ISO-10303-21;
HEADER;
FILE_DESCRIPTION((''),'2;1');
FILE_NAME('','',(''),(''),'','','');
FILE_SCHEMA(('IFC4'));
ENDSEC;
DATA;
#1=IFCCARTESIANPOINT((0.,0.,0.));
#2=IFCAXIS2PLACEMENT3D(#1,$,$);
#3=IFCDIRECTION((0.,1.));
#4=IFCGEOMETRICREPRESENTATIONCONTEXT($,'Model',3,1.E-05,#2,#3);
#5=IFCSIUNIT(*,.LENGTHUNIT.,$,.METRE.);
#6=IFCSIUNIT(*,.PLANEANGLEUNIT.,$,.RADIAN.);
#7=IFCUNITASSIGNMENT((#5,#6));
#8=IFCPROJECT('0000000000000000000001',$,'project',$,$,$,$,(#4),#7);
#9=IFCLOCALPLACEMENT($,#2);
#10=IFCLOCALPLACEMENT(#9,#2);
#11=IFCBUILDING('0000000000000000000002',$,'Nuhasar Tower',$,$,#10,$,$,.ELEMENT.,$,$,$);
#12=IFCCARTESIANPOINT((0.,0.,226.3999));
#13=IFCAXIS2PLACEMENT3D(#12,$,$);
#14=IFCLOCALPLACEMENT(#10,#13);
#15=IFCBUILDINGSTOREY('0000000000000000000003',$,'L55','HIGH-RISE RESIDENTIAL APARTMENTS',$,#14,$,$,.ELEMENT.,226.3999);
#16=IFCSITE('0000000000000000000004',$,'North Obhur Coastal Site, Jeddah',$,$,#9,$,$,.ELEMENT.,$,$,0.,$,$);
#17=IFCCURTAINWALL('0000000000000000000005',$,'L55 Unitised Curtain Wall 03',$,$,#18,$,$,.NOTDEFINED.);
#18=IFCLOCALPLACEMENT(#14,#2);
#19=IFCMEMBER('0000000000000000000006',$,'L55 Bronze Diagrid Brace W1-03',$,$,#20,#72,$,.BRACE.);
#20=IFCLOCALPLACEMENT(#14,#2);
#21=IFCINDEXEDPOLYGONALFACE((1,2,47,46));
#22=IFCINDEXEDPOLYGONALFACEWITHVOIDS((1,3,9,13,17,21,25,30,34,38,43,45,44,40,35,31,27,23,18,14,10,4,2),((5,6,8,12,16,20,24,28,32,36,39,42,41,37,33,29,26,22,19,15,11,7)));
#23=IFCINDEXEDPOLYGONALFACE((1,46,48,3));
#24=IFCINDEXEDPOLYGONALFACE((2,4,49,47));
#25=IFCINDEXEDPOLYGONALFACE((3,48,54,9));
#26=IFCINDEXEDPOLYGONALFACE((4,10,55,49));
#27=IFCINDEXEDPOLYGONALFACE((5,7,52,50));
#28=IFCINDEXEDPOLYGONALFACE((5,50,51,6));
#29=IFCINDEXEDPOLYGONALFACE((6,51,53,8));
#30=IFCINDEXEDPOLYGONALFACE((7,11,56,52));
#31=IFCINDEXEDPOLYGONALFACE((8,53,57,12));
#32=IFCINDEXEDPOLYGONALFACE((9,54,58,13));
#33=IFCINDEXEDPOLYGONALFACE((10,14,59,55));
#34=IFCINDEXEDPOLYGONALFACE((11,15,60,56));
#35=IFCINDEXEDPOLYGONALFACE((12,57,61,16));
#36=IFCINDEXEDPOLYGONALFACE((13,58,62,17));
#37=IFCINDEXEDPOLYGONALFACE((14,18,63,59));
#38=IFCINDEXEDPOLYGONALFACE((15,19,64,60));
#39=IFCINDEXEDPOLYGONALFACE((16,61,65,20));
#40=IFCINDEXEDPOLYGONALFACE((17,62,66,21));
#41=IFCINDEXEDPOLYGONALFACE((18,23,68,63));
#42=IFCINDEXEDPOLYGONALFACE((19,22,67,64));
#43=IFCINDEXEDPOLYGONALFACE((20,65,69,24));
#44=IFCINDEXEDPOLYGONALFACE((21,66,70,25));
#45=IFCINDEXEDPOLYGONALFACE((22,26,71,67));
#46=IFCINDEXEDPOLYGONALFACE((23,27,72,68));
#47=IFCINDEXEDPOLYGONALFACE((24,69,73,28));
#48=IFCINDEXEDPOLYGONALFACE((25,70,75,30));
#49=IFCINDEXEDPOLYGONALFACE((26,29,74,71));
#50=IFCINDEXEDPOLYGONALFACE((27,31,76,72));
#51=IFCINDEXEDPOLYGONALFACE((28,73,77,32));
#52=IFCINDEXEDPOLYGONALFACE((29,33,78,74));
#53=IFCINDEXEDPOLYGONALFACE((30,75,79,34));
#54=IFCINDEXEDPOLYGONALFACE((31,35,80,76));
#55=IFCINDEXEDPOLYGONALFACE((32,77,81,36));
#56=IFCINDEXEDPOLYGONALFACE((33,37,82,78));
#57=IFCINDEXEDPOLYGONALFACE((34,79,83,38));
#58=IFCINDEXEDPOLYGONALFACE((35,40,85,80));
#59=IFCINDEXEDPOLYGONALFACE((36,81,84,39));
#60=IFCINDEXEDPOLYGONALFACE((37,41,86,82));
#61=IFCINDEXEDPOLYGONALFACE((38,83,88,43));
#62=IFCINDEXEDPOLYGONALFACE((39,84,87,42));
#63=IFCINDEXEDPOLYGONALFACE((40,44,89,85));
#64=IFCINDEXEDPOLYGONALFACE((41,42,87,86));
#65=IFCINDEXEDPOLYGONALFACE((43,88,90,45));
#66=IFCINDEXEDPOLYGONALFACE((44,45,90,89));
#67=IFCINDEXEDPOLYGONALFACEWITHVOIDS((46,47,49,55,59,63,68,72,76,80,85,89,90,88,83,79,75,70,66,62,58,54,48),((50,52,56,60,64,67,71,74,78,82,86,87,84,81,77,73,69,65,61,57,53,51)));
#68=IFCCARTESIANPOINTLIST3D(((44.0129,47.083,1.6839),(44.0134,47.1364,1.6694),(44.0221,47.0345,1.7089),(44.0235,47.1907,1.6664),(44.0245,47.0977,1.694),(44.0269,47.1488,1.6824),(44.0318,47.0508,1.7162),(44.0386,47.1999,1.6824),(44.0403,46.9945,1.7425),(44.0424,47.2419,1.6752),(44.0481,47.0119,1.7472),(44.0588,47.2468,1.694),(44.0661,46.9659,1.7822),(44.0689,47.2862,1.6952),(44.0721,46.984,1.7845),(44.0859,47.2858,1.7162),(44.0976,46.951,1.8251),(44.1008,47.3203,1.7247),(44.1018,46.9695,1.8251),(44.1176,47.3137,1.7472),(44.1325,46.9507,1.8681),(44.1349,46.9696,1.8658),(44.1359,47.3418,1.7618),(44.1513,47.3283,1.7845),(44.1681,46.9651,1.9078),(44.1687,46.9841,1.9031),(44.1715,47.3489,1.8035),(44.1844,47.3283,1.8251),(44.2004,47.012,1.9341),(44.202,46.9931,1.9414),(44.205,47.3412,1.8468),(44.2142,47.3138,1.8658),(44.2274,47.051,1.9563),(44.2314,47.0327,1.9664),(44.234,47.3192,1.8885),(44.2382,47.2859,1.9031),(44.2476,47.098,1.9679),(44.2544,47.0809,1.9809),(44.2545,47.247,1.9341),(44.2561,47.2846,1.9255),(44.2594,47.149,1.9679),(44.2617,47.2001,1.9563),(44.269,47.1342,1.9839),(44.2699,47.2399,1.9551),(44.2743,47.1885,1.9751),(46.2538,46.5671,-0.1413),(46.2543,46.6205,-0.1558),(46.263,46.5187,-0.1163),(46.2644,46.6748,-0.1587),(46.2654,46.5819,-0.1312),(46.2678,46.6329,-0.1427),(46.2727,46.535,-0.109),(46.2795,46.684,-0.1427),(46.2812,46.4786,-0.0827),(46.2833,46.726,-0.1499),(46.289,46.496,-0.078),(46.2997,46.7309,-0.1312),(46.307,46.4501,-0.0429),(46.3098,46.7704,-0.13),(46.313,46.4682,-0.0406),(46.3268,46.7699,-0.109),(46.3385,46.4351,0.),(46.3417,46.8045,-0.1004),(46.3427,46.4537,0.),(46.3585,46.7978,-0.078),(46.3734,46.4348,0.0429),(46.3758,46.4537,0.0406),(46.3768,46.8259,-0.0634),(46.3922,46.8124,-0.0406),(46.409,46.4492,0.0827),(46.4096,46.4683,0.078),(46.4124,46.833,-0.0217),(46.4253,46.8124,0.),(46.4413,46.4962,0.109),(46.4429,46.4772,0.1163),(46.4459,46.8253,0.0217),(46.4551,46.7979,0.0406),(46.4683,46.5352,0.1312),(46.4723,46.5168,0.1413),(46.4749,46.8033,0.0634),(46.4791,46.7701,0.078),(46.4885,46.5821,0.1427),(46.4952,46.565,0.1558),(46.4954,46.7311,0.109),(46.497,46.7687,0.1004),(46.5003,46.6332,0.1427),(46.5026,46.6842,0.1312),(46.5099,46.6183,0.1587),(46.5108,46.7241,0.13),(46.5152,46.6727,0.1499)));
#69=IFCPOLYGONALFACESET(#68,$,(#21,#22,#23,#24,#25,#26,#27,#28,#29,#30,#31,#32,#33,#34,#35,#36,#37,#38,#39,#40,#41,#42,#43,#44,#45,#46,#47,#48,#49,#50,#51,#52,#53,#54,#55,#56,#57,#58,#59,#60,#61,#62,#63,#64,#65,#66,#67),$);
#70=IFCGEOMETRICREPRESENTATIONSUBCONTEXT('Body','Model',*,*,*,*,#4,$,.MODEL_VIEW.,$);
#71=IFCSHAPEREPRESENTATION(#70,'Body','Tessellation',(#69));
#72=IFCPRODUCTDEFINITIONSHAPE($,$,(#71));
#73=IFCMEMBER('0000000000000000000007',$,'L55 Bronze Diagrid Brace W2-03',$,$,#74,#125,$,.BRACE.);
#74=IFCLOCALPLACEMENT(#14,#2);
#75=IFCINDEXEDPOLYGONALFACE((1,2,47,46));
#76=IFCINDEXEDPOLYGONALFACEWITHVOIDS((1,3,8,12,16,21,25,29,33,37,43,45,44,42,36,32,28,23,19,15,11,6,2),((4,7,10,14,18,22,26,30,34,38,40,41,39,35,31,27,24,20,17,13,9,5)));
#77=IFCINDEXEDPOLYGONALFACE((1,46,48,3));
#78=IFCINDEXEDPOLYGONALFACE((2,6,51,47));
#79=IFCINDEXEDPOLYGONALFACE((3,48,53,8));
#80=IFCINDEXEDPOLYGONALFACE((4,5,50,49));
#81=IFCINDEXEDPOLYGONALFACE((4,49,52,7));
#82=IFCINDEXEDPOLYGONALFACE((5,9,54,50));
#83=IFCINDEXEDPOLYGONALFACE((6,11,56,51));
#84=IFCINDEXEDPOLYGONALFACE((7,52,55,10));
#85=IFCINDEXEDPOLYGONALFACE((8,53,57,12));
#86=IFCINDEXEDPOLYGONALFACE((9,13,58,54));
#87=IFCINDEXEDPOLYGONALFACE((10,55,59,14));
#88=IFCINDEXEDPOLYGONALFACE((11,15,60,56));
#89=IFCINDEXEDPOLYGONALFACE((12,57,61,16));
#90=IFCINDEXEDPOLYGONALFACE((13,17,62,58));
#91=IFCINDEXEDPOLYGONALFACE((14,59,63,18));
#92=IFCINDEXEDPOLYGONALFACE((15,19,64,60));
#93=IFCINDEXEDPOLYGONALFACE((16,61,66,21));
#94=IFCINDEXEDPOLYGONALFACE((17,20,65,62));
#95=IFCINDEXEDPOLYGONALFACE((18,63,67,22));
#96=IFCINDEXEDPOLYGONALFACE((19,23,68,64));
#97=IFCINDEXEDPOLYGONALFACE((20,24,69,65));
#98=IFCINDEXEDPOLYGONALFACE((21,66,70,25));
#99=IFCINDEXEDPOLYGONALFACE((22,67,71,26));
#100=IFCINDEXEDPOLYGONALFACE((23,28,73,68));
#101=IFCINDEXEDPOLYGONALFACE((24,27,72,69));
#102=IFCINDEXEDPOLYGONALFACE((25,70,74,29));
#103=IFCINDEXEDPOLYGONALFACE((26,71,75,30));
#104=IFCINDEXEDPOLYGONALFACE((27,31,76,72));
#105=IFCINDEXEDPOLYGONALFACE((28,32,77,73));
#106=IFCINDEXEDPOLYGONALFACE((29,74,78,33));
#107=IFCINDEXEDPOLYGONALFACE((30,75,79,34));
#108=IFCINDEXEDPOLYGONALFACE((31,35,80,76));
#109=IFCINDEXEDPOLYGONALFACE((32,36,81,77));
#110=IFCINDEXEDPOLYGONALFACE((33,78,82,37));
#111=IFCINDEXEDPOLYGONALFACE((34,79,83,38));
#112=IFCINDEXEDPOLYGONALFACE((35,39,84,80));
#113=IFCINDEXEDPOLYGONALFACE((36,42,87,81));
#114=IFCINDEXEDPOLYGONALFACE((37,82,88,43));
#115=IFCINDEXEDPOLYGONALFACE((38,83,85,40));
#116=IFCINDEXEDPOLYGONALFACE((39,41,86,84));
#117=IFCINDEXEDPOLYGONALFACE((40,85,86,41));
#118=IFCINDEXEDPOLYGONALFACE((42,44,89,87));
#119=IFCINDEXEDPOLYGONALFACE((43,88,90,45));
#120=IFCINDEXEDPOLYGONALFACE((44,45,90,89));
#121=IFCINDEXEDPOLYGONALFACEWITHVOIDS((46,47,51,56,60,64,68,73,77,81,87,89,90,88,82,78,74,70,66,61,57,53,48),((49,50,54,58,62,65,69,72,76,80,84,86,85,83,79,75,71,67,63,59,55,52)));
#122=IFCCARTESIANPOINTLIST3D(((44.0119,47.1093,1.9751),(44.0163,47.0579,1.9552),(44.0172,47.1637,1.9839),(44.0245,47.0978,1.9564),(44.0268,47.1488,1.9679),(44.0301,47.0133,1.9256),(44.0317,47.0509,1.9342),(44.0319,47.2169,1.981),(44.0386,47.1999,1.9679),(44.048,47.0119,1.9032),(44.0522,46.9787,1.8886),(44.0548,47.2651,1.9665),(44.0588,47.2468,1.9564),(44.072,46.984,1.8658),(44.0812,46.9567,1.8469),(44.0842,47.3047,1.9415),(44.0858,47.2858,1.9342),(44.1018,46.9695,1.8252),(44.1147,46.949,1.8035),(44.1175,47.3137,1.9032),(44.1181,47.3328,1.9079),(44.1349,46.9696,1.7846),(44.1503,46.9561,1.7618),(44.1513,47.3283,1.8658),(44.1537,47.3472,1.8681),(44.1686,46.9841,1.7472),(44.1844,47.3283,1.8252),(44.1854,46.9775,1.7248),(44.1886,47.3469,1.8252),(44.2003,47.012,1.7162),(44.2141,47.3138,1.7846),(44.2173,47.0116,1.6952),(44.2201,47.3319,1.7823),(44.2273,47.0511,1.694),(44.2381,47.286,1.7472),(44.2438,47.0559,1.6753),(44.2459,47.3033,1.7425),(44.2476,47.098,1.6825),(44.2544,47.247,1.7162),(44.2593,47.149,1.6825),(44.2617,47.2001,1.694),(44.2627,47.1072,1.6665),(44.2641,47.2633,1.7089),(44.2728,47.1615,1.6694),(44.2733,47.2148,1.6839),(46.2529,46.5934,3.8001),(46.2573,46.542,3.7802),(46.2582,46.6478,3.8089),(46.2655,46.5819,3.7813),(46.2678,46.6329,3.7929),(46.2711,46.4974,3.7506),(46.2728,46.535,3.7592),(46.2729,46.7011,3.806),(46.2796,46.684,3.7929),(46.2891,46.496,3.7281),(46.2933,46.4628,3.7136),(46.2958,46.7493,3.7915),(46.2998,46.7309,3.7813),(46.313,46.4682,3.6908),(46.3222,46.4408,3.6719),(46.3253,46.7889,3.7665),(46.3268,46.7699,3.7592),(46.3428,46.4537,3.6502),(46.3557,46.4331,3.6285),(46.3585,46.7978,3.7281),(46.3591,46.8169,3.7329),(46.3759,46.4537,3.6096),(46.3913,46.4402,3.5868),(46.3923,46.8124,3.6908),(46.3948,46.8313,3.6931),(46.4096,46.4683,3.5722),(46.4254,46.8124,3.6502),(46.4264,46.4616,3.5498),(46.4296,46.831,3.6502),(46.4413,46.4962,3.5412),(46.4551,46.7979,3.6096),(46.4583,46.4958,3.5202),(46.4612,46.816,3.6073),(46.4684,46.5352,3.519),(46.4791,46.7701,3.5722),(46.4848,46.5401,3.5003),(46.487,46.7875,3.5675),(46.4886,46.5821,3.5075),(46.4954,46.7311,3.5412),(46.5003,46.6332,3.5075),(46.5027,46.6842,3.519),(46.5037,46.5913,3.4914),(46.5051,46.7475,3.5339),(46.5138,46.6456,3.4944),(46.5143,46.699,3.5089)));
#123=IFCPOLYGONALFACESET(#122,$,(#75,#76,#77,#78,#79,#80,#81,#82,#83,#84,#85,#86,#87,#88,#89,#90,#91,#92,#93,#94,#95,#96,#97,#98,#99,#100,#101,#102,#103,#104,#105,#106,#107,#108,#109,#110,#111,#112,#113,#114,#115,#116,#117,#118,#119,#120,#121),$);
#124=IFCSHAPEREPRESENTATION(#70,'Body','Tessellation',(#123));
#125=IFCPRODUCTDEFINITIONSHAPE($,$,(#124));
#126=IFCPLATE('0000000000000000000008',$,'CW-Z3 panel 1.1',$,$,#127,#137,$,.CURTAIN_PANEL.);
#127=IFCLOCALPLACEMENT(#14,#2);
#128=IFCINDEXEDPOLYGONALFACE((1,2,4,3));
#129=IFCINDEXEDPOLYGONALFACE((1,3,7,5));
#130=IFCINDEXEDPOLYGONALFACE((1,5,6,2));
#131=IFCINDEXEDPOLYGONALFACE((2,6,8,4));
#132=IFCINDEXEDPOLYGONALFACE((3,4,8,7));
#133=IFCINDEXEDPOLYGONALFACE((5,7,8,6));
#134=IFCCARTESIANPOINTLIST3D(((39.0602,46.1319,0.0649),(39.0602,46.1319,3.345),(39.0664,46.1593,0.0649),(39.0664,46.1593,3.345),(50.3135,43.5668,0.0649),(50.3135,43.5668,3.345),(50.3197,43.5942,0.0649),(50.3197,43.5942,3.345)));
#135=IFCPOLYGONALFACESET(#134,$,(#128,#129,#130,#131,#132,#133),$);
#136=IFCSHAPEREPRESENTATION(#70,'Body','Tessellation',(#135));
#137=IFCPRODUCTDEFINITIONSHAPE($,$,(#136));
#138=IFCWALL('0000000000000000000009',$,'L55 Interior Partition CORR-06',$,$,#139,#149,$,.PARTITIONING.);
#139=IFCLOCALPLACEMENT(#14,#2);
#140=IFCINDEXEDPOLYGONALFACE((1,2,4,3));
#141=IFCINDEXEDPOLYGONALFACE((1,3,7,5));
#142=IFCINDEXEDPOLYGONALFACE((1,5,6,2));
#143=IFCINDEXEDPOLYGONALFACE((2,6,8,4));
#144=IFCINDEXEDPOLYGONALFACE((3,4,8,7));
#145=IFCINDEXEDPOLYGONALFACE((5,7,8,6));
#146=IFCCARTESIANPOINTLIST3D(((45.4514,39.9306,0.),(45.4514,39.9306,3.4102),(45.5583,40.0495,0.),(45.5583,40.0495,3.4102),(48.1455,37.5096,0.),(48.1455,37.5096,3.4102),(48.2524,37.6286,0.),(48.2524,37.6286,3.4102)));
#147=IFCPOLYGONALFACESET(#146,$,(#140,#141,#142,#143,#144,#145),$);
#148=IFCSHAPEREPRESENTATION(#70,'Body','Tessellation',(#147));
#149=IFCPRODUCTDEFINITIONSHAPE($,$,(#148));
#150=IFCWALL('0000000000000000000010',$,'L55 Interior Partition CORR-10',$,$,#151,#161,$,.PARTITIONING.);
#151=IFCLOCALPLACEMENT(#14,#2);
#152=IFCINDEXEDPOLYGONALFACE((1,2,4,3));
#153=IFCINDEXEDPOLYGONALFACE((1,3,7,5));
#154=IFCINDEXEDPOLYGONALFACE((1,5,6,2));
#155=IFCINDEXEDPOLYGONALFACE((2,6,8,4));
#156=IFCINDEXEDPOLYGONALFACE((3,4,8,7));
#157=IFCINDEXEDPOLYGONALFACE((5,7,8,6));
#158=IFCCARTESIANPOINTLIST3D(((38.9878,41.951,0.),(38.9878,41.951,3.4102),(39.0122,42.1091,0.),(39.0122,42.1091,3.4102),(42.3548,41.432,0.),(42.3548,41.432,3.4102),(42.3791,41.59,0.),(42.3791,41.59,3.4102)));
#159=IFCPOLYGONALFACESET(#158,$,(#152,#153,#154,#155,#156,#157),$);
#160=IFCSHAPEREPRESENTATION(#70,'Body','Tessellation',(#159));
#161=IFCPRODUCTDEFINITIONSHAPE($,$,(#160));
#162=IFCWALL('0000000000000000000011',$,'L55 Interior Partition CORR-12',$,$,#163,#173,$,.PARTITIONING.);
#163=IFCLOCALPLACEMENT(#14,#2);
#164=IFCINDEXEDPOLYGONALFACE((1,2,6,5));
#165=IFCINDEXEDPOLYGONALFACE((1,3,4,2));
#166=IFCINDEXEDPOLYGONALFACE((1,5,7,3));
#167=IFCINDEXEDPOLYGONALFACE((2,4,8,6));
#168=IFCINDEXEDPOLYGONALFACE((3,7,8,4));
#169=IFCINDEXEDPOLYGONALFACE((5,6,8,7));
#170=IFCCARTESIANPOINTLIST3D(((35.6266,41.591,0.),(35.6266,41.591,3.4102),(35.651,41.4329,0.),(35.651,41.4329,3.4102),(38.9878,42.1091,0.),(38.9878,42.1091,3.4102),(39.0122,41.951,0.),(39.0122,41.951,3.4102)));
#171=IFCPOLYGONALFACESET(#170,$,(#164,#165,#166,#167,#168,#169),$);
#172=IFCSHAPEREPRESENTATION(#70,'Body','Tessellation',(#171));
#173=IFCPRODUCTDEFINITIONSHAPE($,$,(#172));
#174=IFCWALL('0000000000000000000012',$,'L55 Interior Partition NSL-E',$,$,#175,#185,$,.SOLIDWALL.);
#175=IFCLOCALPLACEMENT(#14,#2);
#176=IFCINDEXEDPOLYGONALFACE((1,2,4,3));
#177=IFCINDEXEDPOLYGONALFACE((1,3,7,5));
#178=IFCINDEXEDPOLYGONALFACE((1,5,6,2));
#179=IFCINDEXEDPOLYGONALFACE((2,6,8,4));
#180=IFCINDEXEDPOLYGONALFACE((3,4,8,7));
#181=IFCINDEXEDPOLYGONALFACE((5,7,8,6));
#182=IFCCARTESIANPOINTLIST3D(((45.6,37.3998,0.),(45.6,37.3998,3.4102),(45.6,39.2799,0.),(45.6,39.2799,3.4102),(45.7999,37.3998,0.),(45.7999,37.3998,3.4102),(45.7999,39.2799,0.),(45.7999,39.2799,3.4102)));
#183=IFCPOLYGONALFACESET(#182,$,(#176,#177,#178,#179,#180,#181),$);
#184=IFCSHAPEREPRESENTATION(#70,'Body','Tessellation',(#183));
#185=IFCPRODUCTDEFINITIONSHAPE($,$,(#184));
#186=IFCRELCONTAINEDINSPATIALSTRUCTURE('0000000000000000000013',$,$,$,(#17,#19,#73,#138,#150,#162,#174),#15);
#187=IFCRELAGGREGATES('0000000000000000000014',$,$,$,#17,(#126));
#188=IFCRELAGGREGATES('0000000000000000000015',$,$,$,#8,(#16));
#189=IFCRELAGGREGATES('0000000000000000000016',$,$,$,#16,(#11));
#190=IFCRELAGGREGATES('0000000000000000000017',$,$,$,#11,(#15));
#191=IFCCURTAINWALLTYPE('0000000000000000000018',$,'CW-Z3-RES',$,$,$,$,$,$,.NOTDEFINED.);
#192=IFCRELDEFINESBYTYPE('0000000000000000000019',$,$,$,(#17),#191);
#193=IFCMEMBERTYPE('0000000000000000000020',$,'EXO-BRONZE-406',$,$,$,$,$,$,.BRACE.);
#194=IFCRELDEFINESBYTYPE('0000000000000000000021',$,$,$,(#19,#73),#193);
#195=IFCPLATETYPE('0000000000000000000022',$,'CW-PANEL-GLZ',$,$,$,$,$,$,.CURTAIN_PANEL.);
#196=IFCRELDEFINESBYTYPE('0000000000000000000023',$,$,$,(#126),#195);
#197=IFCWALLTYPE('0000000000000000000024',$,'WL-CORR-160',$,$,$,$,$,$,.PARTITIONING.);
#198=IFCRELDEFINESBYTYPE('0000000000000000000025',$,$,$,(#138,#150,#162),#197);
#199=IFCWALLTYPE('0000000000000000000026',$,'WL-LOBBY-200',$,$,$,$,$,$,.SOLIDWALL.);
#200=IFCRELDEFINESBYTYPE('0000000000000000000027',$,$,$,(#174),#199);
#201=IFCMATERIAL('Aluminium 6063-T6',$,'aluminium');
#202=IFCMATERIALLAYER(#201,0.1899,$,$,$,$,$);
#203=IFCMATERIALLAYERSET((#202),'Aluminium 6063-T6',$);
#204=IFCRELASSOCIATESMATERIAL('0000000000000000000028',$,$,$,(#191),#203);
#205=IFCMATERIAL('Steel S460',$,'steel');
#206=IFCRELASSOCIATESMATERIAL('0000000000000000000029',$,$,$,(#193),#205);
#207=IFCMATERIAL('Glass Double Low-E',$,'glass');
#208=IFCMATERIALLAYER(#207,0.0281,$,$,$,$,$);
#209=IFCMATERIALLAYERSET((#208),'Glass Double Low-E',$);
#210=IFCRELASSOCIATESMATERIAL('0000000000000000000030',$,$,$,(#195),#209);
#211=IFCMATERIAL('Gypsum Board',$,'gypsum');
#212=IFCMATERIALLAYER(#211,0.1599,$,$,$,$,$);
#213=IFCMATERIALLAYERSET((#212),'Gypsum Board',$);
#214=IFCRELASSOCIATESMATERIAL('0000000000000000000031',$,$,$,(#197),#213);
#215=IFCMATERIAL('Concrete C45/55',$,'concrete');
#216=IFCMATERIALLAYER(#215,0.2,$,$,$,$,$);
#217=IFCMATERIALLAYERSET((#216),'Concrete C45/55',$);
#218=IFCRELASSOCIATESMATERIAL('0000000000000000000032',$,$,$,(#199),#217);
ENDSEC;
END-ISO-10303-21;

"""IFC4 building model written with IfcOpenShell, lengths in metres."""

from ifc_helpers import new_model, si_unit, direction, frame, frame_2d, origin, origin_2d, place, context, subcontext, project, spatial, rectangle, hollow_circle, extrude, material, layer, layer_set, material_profile, profile_set, type_object, element, aggregate, save


model = new_model("IFC4")

# Units and contexts
model_context = context("Model", 3, precision=1e-05, world=origin(), true_north=direction((0.0, 1.0)))
body_context = subcontext(model_context, "Body", "Model", "MODEL_VIEW")
ifc_project = project(units=[si_unit("LENGTHUNIT", "METRE"), si_unit("PLANEANGLEUNIT", "RADIAN")], contexts=[model_context])

# Site, building, storey
site_placement = place(None, origin())
site = spatial("IfcSite", under=ifc_project, at=site_placement, Name="North Obhur Coastal Site, Jeddah", CompositionType="ELEMENT", RefElevation=0.0)
building_placement = place(site_placement, origin())
building = spatial("IfcBuilding", under=site, at=building_placement, Name="Nuhasar Tower", CompositionType="ELEMENT")
storey_placement = place(building_placement, frame((0.0, 0.0, 226.3999)))
storey = spatial("IfcBuildingStorey", under=building, at=storey_placement, Name="L55", Description="HIGH-RISE RESIDENTIAL APARTMENTS", CompositionType="ELEMENT", Elevation=226.3999)

# Curtain wall
ifc_material_1 = material(Name="Aluminium 6063-T6", Category="aluminium")
ifc_layer_1 = layer(ifc_material_1, 0.1899)
ifc_layer_set_1 = layer_set([ifc_layer_1], Name="Aluminium 6063-T6")
curtain_wall_type = type_object("IfcCurtainWallType", Name="CW-Z3-RES", PredefinedType="NOTDEFINED", material=ifc_layer_set_1)
curtain_wall_1_placement = place(storey_placement, origin())
curtain_wall_1 = element("IfcCurtainWall", 1, at=curtain_wall_1_placement, inside=storey, type_object=curtain_wall_type, Name="L55 Unitised Curtain Wall 03", PredefinedType="NOTDEFINED")

# Members
ifc_material_2 = material(Name="Steel S460", Category="steel")
ifc_material_profile_1 = material_profile(ifc_material_2, hollow_circle(Radius=0.2031, WallThickness=0.019, at=origin_2d()), Name="HSS406.4X19.1")
ifc_profile_set_1 = profile_set([ifc_material_profile_1], Name="Steel S460")
member_type_1 = type_object("IfcMemberType", Name="EXO-BRONZE-406", PredefinedType="BRACE", material=ifc_profile_set_1)
for number, where, z_axis, x_axis, name in (
    (2, (46.384, 46.6331, 0.0), (-0.763303, 0.175712, 0.621686), (-0.224332, -0.974513, 0.0), "L55 Bronze Diagrid Brace W1-03"),
    (3, (44.1431, 47.1489, 1.8252), (0.763343, -0.175721, 0.621635), (0.224332, 0.974513, 0.0), "L55 Bronze Diagrid Brace W2-03"),
):
    element("IfcMember", number, at=place(storey_placement, frame(where, z_axis=z_axis, x_axis=x_axis)), inside=storey, type_object=member_type_1, Name=name, PredefinedType="BRACE", context=body_context, shape_type="SweptSolid", body=[
        extrude(hollow_circle(Radius=0.2031, WallThickness=0.019, at=origin_2d()), origin(), (0.0, 0.0, 1.0), 2.9358),
    ])

# Plate
ifc_material_3 = material(Name="Glass Double Low-E", Category="glass")
ifc_layer_2 = layer(ifc_material_3, 0.0281)
ifc_layer_set_2 = layer_set([ifc_layer_2], Name="Glass Double Low-E")
plate_type = type_object("IfcPlateType", Name="CW-PANEL-GLZ", PredefinedType="CURTAIN_PANEL", material=ifc_layer_set_2)
plate_placement = place(storey_placement, frame((44.6899, 44.863, 0.0649), z_axis=(0.0, 0.0, 1.0), x_axis=(-0.974991, 0.222243, 0.0)))
plate = element("IfcPlate", 4, at=plate_placement, type_object=plate_type, Name="CW-Z3 panel 1.1", PredefinedType="CURTAIN_PANEL", context=body_context, shape_type="SweptSolid", body=[
    extrude(rectangle(XDim=11.542, YDim=0.0281, at=origin_2d()), origin(), (0.0, 0.0, 1.0), 3.28),
])
aggregate(curtain_wall_1, [plate])

# Shared definitions
ifc_material_4 = material(Name="Gypsum Board", Category="gypsum")
ifc_layer_3 = layer(ifc_material_4, 0.1599)
ifc_layer_set_3 = layer_set([ifc_layer_3], Name="Gypsum Board")
wall_type_1 = type_object("IfcWallType", Name="WL-CORR-160", PredefinedType="PARTITIONING", material=ifc_layer_set_3)

# Wall
wall_1_placement = place(storey_placement, frame((48.199, 37.5691, 0.0), z_axis=(0.0, 0.0, 1.0), x_axis=(-0.743813, 0.668387, 0.0)))
element("IfcWall", 5, at=wall_1_placement, inside=storey, type_object=wall_type_1, Name="L55 Interior Partition CORR-06", PredefinedType="PARTITIONING", context=body_context, shape_type="SweptSolid", body=[
    extrude(rectangle(XDim=3.6221, YDim=0.1599, at=frame_2d((1.811, 0.0))), origin(), (0.0, 0.0, 1.0), 3.4102),
])

# Walls
wall_2_placement = place(storey_placement, frame((42.3669, 41.511, 0.0), z_axis=(0.0, 0.0, 1.0), x_axis=(-0.988325, 0.152359, 0.0)))
element("IfcWall", 6, at=wall_2_placement, inside=storey, type_object=wall_type_1, Name="L55 Interior Partition CORR-10", PredefinedType="PARTITIONING", context=body_context, shape_type="SweptSolid", body=[
    extrude(rectangle(XDim=3.4067, YDim=0.1599, at=frame_2d((1.7034, 0.0))), origin(), (0.0, 0.0, 1.0), 3.4102),
])
wall_3_placement = place(storey_placement, frame((39.0, 42.03, 0.0), z_axis=(0.0, 0.0, 1.0), x_axis=(-0.988329, -0.152338, 0.0)))
element("IfcWall", 7, at=wall_3_placement, inside=storey, type_object=wall_type_1, Name="L55 Interior Partition CORR-12", PredefinedType="PARTITIONING", context=body_context, shape_type="SweptSolid", body=[
    extrude(rectangle(XDim=3.4009, YDim=0.1599, at=frame_2d((1.7004, 0.0))), origin(), (0.0, 0.0, 1.0), 3.4102),
])
ifc_material_5 = material(Name="Concrete C45/55", Category="concrete")
ifc_layer_4 = layer(ifc_material_5, 0.2)
ifc_layer_set_4 = layer_set([ifc_layer_4], Name="Concrete C45/55")
wall_type_2 = type_object("IfcWallType", Name="WL-LOBBY-200", PredefinedType="SOLIDWALL", material=ifc_layer_set_4)
wall_4_placement = place(storey_placement, frame((45.7, 37.3999, 0.0), z_axis=(0.0, 0.0, 1.0), x_axis=(0.0, 1.0, 0.0)))
element("IfcWall", 8, at=wall_4_placement, inside=storey, type_object=wall_type_2, Name="L55 Interior Partition NSL-E", PredefinedType="SOLIDWALL", context=body_context, shape_type="SweptSolid", body=[
    extrude(rectangle(XDim=1.8801, YDim=0.2, at=frame_2d((0.9399, 0.0))), origin(), (0.0, 0.0, 1.0), 3.4102),
])

save(model, "model.ifc")
